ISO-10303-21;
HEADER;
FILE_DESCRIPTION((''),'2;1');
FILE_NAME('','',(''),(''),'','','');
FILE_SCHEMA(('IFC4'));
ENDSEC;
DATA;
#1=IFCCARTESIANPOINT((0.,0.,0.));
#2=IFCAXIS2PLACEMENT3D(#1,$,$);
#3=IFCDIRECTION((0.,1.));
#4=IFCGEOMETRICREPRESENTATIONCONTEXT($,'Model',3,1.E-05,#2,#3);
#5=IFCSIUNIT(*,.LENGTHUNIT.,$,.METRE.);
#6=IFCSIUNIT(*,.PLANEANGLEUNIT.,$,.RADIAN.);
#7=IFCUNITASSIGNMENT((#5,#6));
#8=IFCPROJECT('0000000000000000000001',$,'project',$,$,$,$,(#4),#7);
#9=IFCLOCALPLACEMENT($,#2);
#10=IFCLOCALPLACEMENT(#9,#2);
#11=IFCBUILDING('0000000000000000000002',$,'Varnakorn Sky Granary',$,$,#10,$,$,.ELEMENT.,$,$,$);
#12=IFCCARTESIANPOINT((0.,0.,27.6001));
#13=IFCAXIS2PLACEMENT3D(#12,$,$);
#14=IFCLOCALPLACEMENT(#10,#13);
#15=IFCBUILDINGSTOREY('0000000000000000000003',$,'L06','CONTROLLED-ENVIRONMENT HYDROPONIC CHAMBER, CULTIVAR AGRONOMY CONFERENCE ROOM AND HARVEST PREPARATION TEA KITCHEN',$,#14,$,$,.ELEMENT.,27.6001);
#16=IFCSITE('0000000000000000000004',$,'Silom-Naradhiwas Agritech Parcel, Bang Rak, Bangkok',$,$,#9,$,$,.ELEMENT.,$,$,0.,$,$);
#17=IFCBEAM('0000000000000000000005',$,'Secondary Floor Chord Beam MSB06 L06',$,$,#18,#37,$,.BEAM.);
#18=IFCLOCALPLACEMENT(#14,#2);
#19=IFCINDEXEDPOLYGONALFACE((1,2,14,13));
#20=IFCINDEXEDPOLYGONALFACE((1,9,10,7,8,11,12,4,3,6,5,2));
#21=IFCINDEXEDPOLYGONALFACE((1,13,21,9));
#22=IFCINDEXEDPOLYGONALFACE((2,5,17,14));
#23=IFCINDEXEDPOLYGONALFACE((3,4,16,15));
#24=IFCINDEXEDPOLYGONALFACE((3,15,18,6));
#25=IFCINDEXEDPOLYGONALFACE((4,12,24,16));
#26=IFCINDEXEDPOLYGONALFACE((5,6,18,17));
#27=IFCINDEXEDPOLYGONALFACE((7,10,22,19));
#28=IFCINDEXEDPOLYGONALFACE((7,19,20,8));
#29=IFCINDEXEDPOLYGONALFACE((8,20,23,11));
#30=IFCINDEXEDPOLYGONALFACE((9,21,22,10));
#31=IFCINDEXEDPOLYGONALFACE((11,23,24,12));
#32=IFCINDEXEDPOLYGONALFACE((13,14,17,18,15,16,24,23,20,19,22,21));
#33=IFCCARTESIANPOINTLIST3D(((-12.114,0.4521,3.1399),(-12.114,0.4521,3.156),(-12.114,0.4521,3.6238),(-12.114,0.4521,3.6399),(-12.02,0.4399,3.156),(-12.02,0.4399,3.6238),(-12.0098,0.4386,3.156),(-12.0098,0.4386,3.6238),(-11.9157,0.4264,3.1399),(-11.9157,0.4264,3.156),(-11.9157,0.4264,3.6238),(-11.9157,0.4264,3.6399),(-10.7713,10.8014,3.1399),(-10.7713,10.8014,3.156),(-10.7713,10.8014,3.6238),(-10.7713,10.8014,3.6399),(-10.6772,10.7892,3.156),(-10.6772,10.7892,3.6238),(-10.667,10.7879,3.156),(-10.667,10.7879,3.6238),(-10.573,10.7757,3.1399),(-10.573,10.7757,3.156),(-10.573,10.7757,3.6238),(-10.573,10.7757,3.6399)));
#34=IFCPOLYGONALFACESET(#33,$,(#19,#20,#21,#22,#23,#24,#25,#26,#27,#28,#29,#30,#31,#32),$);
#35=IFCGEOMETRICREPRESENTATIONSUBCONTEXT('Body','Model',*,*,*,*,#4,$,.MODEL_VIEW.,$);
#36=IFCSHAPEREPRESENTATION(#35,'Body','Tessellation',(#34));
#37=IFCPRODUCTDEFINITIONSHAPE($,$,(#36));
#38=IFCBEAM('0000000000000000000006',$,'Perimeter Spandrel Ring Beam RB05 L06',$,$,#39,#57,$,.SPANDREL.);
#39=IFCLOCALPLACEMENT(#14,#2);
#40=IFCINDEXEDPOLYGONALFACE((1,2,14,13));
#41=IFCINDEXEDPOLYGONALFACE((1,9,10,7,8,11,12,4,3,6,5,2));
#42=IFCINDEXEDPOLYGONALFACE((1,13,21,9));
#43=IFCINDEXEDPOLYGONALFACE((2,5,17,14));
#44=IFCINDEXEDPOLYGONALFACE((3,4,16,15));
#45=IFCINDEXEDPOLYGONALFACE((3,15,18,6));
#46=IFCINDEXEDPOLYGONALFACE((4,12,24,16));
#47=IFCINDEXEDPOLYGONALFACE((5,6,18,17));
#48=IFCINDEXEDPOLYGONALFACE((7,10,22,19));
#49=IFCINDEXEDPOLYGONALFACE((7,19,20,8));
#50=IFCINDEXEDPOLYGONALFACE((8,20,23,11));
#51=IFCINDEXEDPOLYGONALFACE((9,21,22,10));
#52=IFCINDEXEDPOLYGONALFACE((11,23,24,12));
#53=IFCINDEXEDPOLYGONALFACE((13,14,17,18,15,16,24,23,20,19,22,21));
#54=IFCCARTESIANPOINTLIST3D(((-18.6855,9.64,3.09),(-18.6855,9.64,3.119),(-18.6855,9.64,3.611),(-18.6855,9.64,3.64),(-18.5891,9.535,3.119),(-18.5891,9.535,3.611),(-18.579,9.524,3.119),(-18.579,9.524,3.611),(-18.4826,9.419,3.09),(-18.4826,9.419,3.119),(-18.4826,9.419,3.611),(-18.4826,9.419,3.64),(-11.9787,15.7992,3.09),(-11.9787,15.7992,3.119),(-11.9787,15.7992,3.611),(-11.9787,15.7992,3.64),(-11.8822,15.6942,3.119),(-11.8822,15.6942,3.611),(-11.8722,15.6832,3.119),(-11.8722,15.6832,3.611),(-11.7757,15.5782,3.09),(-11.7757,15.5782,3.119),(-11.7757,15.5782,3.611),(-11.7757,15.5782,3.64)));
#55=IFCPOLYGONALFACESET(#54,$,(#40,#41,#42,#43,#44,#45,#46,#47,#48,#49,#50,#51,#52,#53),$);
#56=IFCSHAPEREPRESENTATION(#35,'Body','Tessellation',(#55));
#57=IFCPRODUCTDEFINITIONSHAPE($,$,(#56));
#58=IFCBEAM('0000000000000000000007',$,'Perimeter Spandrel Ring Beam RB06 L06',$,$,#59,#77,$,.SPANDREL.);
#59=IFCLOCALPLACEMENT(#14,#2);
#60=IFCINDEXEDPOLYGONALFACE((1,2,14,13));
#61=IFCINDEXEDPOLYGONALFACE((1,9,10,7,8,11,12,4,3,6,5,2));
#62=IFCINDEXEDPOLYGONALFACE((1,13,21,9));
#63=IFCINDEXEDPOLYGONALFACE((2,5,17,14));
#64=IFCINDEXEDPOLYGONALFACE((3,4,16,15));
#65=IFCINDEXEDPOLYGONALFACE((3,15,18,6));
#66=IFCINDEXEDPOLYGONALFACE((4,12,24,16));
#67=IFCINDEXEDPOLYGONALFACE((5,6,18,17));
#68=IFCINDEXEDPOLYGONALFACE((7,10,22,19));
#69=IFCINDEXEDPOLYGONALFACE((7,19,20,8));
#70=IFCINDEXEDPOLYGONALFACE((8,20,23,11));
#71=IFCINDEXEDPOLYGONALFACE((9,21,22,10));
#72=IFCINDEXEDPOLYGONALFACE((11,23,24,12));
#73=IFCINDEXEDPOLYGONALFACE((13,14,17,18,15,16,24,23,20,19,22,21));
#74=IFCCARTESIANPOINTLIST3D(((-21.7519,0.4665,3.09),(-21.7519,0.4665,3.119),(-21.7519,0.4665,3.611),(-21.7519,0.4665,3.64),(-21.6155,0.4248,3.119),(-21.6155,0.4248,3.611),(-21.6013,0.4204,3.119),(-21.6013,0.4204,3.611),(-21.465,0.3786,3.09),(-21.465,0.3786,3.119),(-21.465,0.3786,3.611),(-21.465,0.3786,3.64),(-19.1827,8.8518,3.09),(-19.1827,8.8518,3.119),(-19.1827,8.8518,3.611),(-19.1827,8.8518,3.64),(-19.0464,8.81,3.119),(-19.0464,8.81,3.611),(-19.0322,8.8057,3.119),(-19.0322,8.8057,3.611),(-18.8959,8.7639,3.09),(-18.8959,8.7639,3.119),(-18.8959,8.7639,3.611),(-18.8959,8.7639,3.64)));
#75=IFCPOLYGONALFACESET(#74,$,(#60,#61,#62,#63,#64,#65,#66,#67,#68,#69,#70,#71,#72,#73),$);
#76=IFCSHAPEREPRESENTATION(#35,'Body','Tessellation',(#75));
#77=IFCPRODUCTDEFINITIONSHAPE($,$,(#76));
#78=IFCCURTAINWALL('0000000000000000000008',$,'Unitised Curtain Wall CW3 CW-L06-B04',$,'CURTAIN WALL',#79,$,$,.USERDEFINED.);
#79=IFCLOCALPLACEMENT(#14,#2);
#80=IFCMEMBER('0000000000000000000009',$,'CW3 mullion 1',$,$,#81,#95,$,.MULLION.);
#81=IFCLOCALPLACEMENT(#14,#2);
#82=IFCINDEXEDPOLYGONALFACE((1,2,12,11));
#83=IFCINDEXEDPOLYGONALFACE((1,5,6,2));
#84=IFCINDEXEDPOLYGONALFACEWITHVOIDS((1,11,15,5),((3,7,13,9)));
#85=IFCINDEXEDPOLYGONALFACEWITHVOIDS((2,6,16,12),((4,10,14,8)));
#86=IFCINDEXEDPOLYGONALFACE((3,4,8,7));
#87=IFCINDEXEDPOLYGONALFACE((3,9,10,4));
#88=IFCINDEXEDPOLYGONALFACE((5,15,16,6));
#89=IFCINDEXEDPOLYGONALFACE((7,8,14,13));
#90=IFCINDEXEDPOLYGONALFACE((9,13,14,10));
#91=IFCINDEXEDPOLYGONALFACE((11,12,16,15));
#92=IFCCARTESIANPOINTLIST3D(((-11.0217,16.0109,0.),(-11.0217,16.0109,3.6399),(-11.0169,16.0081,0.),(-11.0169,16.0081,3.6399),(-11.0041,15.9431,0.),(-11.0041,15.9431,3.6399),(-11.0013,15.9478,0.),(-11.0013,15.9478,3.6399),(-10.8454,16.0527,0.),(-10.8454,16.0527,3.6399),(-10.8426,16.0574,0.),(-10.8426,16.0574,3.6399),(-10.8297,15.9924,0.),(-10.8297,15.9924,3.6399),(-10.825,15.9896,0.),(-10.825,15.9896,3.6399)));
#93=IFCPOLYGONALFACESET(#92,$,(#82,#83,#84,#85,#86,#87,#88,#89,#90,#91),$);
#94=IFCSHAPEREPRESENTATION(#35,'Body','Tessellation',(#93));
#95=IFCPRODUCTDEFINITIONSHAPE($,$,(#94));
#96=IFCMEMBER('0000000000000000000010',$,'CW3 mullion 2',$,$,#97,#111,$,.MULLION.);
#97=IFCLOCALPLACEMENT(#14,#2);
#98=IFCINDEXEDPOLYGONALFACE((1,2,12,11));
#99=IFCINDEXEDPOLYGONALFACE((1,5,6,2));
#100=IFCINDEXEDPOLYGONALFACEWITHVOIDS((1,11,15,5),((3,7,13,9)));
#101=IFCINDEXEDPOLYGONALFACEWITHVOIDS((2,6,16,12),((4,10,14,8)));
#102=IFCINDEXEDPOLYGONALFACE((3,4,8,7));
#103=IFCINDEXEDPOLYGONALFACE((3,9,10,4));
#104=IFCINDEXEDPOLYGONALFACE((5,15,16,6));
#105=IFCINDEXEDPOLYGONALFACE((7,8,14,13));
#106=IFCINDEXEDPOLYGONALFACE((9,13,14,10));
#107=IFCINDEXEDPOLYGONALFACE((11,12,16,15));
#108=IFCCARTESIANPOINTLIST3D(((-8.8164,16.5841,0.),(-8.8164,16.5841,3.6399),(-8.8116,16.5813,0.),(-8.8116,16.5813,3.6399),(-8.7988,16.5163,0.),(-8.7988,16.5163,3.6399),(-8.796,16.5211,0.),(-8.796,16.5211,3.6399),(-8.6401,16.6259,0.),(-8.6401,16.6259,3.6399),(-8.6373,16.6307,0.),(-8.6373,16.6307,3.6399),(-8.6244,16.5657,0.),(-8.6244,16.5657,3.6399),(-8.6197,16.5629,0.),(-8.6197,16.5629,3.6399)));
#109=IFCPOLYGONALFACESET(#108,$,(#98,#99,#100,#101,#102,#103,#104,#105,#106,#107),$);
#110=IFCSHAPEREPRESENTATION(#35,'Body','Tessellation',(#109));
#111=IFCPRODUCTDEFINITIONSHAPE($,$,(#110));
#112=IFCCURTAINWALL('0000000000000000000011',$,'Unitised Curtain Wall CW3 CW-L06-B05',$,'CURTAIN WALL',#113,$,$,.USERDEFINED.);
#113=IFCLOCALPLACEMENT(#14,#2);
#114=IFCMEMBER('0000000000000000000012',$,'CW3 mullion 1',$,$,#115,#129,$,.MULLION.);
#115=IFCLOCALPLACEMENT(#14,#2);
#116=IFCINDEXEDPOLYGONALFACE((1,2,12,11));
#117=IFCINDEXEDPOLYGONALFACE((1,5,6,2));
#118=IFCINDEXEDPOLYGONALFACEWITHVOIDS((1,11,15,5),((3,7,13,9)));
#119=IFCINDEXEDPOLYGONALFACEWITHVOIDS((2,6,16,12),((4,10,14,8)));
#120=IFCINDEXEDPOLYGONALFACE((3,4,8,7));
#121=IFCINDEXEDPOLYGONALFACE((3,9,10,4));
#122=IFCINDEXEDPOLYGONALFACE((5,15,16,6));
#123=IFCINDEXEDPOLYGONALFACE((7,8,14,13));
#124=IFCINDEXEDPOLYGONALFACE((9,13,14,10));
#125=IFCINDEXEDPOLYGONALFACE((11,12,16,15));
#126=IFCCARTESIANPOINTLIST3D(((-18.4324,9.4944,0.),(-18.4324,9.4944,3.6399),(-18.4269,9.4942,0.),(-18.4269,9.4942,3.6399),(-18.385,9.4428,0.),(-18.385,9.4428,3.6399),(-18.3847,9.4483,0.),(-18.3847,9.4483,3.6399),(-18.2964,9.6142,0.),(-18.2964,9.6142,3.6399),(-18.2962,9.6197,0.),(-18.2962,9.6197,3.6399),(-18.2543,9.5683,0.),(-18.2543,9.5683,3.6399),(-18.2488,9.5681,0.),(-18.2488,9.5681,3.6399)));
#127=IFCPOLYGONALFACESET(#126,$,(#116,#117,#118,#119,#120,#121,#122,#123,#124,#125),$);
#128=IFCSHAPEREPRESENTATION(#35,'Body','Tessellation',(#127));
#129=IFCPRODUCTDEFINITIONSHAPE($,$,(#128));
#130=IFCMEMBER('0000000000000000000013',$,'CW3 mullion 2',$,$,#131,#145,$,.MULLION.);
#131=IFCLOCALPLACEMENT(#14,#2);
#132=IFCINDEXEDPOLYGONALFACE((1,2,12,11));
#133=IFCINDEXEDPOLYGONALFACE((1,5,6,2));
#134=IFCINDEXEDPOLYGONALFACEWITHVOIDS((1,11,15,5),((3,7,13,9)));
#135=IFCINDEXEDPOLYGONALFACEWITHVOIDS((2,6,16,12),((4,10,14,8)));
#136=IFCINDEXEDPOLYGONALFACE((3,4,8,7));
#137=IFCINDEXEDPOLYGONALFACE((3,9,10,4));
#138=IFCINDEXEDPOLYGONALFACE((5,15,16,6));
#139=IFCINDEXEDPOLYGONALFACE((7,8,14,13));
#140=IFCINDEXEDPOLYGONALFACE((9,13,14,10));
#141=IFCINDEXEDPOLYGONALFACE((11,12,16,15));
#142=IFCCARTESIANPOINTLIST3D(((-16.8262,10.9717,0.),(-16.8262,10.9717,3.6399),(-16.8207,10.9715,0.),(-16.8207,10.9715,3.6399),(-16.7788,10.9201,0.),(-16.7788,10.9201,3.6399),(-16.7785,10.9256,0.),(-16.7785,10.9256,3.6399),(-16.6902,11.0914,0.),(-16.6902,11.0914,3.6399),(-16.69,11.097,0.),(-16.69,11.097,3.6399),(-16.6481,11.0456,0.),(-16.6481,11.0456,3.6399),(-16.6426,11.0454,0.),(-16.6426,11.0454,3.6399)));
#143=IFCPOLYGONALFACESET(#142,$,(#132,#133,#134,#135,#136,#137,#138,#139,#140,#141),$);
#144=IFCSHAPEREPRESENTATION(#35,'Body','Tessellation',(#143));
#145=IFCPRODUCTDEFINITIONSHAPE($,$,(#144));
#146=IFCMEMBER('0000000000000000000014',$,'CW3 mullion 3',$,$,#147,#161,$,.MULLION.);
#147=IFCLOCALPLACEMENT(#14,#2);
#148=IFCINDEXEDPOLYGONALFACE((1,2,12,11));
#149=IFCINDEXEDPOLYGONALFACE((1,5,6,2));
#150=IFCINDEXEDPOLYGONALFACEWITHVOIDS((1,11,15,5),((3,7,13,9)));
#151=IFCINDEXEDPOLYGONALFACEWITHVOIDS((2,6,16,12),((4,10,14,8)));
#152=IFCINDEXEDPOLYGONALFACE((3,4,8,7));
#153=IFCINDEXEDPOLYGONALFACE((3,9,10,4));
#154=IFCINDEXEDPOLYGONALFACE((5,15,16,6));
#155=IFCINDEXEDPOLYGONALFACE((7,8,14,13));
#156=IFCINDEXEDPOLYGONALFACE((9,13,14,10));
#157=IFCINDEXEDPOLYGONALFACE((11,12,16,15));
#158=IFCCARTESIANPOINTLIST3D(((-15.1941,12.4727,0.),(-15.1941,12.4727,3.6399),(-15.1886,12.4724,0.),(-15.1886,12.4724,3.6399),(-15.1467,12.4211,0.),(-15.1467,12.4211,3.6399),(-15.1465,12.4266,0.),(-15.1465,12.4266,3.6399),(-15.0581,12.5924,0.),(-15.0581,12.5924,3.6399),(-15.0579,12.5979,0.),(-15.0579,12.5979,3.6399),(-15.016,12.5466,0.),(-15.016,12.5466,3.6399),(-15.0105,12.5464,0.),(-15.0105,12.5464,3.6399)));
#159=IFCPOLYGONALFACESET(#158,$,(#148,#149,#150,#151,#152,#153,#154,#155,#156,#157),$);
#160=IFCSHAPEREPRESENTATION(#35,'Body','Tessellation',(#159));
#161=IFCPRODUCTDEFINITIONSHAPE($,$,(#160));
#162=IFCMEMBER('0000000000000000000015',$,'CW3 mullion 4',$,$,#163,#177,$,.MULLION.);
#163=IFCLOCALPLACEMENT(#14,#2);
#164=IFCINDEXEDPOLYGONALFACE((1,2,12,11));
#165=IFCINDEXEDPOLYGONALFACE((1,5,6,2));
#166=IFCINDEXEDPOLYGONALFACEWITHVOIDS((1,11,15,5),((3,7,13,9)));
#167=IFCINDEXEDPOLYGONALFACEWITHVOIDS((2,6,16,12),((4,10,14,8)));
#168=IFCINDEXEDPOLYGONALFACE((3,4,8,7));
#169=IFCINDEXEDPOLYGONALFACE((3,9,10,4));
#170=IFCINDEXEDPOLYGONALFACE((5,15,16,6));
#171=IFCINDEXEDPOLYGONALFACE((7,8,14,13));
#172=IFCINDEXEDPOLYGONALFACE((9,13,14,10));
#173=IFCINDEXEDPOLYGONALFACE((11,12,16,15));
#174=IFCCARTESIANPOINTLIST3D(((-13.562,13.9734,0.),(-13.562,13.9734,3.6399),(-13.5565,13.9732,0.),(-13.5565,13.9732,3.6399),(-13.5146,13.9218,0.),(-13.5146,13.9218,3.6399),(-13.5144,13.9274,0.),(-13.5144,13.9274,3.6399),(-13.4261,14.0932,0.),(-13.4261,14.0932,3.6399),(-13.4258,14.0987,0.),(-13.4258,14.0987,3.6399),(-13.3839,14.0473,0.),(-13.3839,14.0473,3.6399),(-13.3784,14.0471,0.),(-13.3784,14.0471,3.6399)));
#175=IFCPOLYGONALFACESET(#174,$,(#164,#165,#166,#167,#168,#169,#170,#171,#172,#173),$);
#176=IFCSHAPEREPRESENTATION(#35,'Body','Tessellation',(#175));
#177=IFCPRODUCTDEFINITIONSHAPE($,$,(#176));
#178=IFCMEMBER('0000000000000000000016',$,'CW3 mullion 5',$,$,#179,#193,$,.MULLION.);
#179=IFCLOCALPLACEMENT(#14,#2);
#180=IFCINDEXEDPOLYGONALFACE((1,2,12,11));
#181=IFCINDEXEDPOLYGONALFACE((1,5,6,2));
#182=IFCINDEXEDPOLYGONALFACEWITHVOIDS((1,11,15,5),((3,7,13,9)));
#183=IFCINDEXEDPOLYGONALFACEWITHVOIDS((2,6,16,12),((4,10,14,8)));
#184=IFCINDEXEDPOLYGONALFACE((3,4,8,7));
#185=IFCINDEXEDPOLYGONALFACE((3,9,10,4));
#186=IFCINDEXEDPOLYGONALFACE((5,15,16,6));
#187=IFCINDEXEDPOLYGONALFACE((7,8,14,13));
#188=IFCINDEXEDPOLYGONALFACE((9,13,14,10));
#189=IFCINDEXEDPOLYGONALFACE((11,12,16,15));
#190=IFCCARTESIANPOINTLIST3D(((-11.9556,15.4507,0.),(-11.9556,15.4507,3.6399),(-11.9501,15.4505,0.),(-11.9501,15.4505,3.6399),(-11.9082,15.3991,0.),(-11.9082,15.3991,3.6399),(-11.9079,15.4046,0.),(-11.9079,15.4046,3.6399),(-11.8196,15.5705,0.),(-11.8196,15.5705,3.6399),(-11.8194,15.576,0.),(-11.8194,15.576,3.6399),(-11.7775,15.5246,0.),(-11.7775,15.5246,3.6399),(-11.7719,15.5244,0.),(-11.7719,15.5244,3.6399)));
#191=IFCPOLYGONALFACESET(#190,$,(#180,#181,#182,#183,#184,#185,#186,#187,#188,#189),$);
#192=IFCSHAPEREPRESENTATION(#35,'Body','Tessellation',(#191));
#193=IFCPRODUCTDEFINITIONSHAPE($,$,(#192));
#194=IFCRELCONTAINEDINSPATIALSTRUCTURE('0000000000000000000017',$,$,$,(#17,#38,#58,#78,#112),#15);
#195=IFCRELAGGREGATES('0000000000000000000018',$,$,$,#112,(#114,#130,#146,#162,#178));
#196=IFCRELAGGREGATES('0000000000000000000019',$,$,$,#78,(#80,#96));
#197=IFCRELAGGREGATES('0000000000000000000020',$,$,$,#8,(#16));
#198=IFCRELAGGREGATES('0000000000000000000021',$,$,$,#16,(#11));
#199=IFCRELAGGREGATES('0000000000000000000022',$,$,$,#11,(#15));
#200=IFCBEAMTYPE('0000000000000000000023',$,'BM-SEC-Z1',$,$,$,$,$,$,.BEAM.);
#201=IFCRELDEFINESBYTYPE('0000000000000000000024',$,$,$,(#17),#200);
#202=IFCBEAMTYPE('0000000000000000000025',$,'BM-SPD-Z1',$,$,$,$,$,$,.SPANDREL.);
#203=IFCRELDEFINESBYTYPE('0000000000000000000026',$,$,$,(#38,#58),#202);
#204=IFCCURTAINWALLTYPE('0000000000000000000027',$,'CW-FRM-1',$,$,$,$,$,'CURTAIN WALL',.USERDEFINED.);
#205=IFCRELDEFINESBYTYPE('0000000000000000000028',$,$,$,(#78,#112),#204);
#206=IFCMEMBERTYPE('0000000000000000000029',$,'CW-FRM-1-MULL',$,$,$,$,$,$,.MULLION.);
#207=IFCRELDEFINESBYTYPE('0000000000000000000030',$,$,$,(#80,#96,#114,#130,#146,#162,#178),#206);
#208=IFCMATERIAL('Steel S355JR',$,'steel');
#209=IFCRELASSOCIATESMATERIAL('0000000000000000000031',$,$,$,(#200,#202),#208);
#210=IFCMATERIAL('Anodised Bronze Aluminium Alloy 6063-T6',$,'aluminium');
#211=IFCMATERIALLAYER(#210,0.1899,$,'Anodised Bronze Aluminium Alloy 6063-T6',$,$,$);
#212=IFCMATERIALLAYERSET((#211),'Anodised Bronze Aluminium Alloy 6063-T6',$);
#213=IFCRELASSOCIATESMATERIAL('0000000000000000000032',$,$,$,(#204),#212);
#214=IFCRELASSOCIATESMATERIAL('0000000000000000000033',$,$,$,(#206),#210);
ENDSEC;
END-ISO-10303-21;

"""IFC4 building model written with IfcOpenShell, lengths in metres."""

from ifc_helpers import new_model, si_unit, direction, frame, origin, origin_2d, place, context, subcontext, project, spatial, hollow_rectangle, i_section, extrude, material, layer, layer_set, material_profile, profile_set, type_object, element, aggregate, save


model = new_model("IFC4")

# Units and contexts
model_context = context("Model", 3, precision=1e-05, world=origin(), true_north=direction((0.0, 1.0)))
body_context = subcontext(model_context, "Body", "Model", "MODEL_VIEW")
ifc_project = project(units=[si_unit("LENGTHUNIT", "METRE"), si_unit("PLANEANGLEUNIT", "RADIAN")], contexts=[model_context])

# Site, building, storey
site_placement = place(None, origin())
site = spatial("IfcSite", under=ifc_project, at=site_placement, Name="Silom-Naradhiwas Agritech Parcel, Bang Rak, Bangkok", CompositionType="ELEMENT", RefElevation=0.0)
building_placement = place(site_placement, origin())
building = spatial("IfcBuilding", under=site, at=building_placement, Name="Varnakorn Sky Granary", CompositionType="ELEMENT")
storey_placement = place(building_placement, frame((0.0, 0.0, 27.6001)))
storey = spatial("IfcBuildingStorey", under=building, at=storey_placement, Name="L06", Description="CONTROLLED-ENVIRONMENT HYDROPONIC CHAMBER, CULTIVAR AGRONOMY CONFERENCE ROOM AND HARVEST PREPARATION TEA KITCHEN", CompositionType="ELEMENT", Elevation=27.6001)

# Beams
ifc_material_1 = material(Name="Steel S355JR", Category="steel")
ifc_material_profile_1 = material_profile(ifc_material_1, i_section(OverallWidth=0.2, OverallDepth=0.5, WebThickness=0.0103, FlangeThickness=0.0161, at=origin_2d()), Name="IPE 500")
ifc_profile_set_1 = profile_set([ifc_material_profile_1], Name="Steel S355JR")
beam_type_1 = type_object("IfcBeamType", Name="BM-SEC-Z1", PredefinedType="BEAM", material=ifc_profile_set_1)
beam_1_placement = place(storey_placement, frame((-10.6721, 10.7886, 3.3899), z_axis=(-0.128666, -0.991688, 0.0), x_axis=(0.991688, -0.128666, 0.0)))
element("IfcBeam", 1, at=beam_1_placement, inside=storey, type_object=beam_type_1, Name="Secondary Floor Chord Beam MSB06 L06", PredefinedType="BEAM", context=body_context, shape_type="SweptSolid", body=[
    extrude(i_section(OverallWidth=0.2, OverallDepth=0.5, WebThickness=0.0103, FlangeThickness=0.0161, at=origin_2d()), origin(), (0.0, 0.0, 1.0), 10.436),
])
ifc_material_profile_2 = material_profile(ifc_material_1, i_section(OverallWidth=0.3, OverallDepth=0.55, WebThickness=0.0149, FlangeThickness=0.0291, at=origin_2d()), Name="HE 550 B")
ifc_profile_set_2 = profile_set([ifc_material_profile_2], Name="Steel S355JR")
beam_type_2 = type_object("IfcBeamType", Name="BM-SPD-Z1", PredefinedType="SPANDREL", material=ifc_profile_set_2)
beam_2_placement = place(storey_placement, frame((-11.8772, 15.6887, 3.365), z_axis=(-0.736536, -0.676398, 0.0), x_axis=(0.676398, -0.736536, 0.0)))
element("IfcBeam", 2, at=beam_2_placement, inside=storey, type_object=beam_type_2, Name="Perimeter Spandrel Ring Beam RB05 L06", PredefinedType="SPANDREL", context=body_context, shape_type="SweptSolid", body=[
    extrude(i_section(OverallWidth=0.3, OverallDepth=0.55, WebThickness=0.0149, FlangeThickness=0.0291, at=origin_2d()), origin(), (0.0, 0.0, 1.0), 9.106),
])
beam_3_placement = place(storey_placement, frame((-19.0393, 8.8079, 3.365), z_axis=(-0.292941, -0.95613, 0.0), x_axis=(0.95613, -0.292941, 0.0)))
element("IfcBeam", 3, at=beam_3_placement, inside=storey, type_object=beam_type_2, Name="Perimeter Spandrel Ring Beam RB06 L06", PredefinedType="SPANDREL", context=body_context, shape_type="SweptSolid", body=[
    extrude(i_section(OverallWidth=0.3, OverallDepth=0.55, WebThickness=0.0149, FlangeThickness=0.0291, at=origin_2d()), origin(), (0.0, 0.0, 1.0), 8.77),
])

# Curtain walls, members
ifc_material_2 = material(Name="Anodised Bronze Aluminium Alloy 6063-T6", Category="aluminium")
ifc_layer_1 = layer(ifc_material_2, 0.1899, Name="Anodised Bronze Aluminium Alloy 6063-T6")
ifc_layer_set_1 = layer_set([ifc_layer_1], Name="Anodised Bronze Aluminium Alloy 6063-T6")
curtain_wall_type = type_object("IfcCurtainWallType", Name="CW-FRM-1", ElementType="CURTAIN WALL", PredefinedType="USERDEFINED", material=ifc_layer_set_1)
curtain_wall_1_placement = place(storey_placement, origin())
curtain_wall_1 = element("IfcCurtainWall", 4, at=curtain_wall_1_placement, inside=storey, type_object=curtain_wall_type, Name="Unitised Curtain Wall CW3 CW-L06-B04", ObjectType="CURTAIN WALL", PredefinedType="USERDEFINED")
ifc_material_profile_3 = material_profile(ifc_material_2, hollow_rectangle(XDim=0.0701, YDim=0.1851, WallThickness=0.0039, at=origin_2d()), Name="ALU MULL 70x185")
ifc_profile_set_3 = profile_set([ifc_material_profile_3], Name="Anodised Bronze Aluminium Alloy 6063-T6")
member_type_1 = type_object("IfcMemberType", Name="CW-FRM-1-MULL", PredefinedType="MULLION", material=ifc_profile_set_3)
member_1_placement = place(storey_placement, frame((-10.9233, 16.0002, 0.0), z_axis=(0.0, 0.0, 1.0), x_axis=(-0.251609, 0.967829, 0.0)))
member_1 = element("IfcMember", 5, at=member_1_placement, type_object=member_type_1, Name="CW3 mullion 1", PredefinedType="MULLION", context=body_context, shape_type="SweptSolid", body=[
    extrude(hollow_rectangle(XDim=0.0701, YDim=0.1851, WallThickness=0.0039, at=origin_2d()), origin(), (0.0, 0.0, 1.0), 3.6399),
])
member_2_placement = place(storey_placement, frame((-8.718, 16.5735, 0.0), z_axis=(0.0, 0.0, 1.0), x_axis=(-0.251609, 0.967829, 0.0)))
member_2 = element("IfcMember", 6, at=member_2_placement, type_object=member_type_1, Name="CW3 mullion 2", PredefinedType="MULLION", context=body_context, shape_type="SweptSolid", body=[
    extrude(hollow_rectangle(XDim=0.0701, YDim=0.1851, WallThickness=0.0039, at=origin_2d()), origin(), (0.0, 0.0, 1.0), 3.6399),
])
curtain_wall_2_placement = place(storey_placement, origin())
curtain_wall_2 = element("IfcCurtainWall", 7, at=curtain_wall_2_placement, inside=storey, type_object=curtain_wall_type, Name="Unitised Curtain Wall CW3 CW-L06-B05", ObjectType="CURTAIN WALL", PredefinedType="USERDEFINED")
member_3_placement = place(storey_placement, frame((-18.3406, 9.5312, 0.0), z_axis=(0.0, 0.0, 1.0), x_axis=(-0.676914, 0.736062, 0.0)))
member_3 = element("IfcMember", 8, at=member_3_placement, type_object=member_type_1, Name="CW3 mullion 1", PredefinedType="MULLION", context=body_context, shape_type="SweptSolid", body=[
    extrude(hollow_rectangle(XDim=0.0701, YDim=0.1851, WallThickness=0.0039, at=origin_2d()), origin(), (0.0, 0.0, 1.0), 3.6399),
])
member_4_placement = place(storey_placement, frame((-16.7344, 11.0085, 0.0), z_axis=(0.0, 0.0, 1.0), x_axis=(-0.676914, 0.736062, 0.0)))
member_4 = element("IfcMember", 9, at=member_4_placement, type_object=member_type_1, Name="CW3 mullion 2", PredefinedType="MULLION", context=body_context, shape_type="SweptSolid", body=[
    extrude(hollow_rectangle(XDim=0.0701, YDim=0.1851, WallThickness=0.0039, at=origin_2d()), origin(), (0.0, 0.0, 1.0), 3.6399),
])
member_5_placement = place(storey_placement, frame((-15.1023, 12.5095, 0.0), z_axis=(0.0, 0.0, 1.0), x_axis=(-0.676914, 0.736062, 0.0)))
member_5 = element("IfcMember", 10, at=member_5_placement, type_object=member_type_1, Name="CW3 mullion 3", PredefinedType="MULLION", context=body_context, shape_type="SweptSolid", body=[
    extrude(hollow_rectangle(XDim=0.0701, YDim=0.1851, WallThickness=0.0039, at=origin_2d()), origin(), (0.0, 0.0, 1.0), 3.6399),
])
member_6_placement = place(storey_placement, frame((-13.4702, 14.0103, 0.0), z_axis=(0.0, 0.0, 1.0), x_axis=(-0.676914, 0.736062, 0.0)))
member_6 = element("IfcMember", 11, at=member_6_placement, type_object=member_type_1, Name="CW3 mullion 4", PredefinedType="MULLION", context=body_context, shape_type="SweptSolid", body=[
    extrude(hollow_rectangle(XDim=0.0701, YDim=0.1851, WallThickness=0.0039, at=origin_2d()), origin(), (0.0, 0.0, 1.0), 3.6399),
])
member_7_placement = place(storey_placement, frame((-11.8638, 15.4875, 0.0), z_axis=(0.0, 0.0, 1.0), x_axis=(-0.676914, 0.736062, 0.0)))
member_7 = element("IfcMember", 12, at=member_7_placement, type_object=member_type_1, Name="CW3 mullion 5", PredefinedType="MULLION", context=body_context, shape_type="SweptSolid", body=[
    extrude(hollow_rectangle(XDim=0.0701, YDim=0.1851, WallThickness=0.0039, at=origin_2d()), origin(), (0.0, 0.0, 1.0), 3.6399),
])

aggregate(curtain_wall_2, [member_3, member_4, member_5, member_6, member_7])
aggregate(curtain_wall_1, [member_1, member_2])

save(model, "model.ifc")
